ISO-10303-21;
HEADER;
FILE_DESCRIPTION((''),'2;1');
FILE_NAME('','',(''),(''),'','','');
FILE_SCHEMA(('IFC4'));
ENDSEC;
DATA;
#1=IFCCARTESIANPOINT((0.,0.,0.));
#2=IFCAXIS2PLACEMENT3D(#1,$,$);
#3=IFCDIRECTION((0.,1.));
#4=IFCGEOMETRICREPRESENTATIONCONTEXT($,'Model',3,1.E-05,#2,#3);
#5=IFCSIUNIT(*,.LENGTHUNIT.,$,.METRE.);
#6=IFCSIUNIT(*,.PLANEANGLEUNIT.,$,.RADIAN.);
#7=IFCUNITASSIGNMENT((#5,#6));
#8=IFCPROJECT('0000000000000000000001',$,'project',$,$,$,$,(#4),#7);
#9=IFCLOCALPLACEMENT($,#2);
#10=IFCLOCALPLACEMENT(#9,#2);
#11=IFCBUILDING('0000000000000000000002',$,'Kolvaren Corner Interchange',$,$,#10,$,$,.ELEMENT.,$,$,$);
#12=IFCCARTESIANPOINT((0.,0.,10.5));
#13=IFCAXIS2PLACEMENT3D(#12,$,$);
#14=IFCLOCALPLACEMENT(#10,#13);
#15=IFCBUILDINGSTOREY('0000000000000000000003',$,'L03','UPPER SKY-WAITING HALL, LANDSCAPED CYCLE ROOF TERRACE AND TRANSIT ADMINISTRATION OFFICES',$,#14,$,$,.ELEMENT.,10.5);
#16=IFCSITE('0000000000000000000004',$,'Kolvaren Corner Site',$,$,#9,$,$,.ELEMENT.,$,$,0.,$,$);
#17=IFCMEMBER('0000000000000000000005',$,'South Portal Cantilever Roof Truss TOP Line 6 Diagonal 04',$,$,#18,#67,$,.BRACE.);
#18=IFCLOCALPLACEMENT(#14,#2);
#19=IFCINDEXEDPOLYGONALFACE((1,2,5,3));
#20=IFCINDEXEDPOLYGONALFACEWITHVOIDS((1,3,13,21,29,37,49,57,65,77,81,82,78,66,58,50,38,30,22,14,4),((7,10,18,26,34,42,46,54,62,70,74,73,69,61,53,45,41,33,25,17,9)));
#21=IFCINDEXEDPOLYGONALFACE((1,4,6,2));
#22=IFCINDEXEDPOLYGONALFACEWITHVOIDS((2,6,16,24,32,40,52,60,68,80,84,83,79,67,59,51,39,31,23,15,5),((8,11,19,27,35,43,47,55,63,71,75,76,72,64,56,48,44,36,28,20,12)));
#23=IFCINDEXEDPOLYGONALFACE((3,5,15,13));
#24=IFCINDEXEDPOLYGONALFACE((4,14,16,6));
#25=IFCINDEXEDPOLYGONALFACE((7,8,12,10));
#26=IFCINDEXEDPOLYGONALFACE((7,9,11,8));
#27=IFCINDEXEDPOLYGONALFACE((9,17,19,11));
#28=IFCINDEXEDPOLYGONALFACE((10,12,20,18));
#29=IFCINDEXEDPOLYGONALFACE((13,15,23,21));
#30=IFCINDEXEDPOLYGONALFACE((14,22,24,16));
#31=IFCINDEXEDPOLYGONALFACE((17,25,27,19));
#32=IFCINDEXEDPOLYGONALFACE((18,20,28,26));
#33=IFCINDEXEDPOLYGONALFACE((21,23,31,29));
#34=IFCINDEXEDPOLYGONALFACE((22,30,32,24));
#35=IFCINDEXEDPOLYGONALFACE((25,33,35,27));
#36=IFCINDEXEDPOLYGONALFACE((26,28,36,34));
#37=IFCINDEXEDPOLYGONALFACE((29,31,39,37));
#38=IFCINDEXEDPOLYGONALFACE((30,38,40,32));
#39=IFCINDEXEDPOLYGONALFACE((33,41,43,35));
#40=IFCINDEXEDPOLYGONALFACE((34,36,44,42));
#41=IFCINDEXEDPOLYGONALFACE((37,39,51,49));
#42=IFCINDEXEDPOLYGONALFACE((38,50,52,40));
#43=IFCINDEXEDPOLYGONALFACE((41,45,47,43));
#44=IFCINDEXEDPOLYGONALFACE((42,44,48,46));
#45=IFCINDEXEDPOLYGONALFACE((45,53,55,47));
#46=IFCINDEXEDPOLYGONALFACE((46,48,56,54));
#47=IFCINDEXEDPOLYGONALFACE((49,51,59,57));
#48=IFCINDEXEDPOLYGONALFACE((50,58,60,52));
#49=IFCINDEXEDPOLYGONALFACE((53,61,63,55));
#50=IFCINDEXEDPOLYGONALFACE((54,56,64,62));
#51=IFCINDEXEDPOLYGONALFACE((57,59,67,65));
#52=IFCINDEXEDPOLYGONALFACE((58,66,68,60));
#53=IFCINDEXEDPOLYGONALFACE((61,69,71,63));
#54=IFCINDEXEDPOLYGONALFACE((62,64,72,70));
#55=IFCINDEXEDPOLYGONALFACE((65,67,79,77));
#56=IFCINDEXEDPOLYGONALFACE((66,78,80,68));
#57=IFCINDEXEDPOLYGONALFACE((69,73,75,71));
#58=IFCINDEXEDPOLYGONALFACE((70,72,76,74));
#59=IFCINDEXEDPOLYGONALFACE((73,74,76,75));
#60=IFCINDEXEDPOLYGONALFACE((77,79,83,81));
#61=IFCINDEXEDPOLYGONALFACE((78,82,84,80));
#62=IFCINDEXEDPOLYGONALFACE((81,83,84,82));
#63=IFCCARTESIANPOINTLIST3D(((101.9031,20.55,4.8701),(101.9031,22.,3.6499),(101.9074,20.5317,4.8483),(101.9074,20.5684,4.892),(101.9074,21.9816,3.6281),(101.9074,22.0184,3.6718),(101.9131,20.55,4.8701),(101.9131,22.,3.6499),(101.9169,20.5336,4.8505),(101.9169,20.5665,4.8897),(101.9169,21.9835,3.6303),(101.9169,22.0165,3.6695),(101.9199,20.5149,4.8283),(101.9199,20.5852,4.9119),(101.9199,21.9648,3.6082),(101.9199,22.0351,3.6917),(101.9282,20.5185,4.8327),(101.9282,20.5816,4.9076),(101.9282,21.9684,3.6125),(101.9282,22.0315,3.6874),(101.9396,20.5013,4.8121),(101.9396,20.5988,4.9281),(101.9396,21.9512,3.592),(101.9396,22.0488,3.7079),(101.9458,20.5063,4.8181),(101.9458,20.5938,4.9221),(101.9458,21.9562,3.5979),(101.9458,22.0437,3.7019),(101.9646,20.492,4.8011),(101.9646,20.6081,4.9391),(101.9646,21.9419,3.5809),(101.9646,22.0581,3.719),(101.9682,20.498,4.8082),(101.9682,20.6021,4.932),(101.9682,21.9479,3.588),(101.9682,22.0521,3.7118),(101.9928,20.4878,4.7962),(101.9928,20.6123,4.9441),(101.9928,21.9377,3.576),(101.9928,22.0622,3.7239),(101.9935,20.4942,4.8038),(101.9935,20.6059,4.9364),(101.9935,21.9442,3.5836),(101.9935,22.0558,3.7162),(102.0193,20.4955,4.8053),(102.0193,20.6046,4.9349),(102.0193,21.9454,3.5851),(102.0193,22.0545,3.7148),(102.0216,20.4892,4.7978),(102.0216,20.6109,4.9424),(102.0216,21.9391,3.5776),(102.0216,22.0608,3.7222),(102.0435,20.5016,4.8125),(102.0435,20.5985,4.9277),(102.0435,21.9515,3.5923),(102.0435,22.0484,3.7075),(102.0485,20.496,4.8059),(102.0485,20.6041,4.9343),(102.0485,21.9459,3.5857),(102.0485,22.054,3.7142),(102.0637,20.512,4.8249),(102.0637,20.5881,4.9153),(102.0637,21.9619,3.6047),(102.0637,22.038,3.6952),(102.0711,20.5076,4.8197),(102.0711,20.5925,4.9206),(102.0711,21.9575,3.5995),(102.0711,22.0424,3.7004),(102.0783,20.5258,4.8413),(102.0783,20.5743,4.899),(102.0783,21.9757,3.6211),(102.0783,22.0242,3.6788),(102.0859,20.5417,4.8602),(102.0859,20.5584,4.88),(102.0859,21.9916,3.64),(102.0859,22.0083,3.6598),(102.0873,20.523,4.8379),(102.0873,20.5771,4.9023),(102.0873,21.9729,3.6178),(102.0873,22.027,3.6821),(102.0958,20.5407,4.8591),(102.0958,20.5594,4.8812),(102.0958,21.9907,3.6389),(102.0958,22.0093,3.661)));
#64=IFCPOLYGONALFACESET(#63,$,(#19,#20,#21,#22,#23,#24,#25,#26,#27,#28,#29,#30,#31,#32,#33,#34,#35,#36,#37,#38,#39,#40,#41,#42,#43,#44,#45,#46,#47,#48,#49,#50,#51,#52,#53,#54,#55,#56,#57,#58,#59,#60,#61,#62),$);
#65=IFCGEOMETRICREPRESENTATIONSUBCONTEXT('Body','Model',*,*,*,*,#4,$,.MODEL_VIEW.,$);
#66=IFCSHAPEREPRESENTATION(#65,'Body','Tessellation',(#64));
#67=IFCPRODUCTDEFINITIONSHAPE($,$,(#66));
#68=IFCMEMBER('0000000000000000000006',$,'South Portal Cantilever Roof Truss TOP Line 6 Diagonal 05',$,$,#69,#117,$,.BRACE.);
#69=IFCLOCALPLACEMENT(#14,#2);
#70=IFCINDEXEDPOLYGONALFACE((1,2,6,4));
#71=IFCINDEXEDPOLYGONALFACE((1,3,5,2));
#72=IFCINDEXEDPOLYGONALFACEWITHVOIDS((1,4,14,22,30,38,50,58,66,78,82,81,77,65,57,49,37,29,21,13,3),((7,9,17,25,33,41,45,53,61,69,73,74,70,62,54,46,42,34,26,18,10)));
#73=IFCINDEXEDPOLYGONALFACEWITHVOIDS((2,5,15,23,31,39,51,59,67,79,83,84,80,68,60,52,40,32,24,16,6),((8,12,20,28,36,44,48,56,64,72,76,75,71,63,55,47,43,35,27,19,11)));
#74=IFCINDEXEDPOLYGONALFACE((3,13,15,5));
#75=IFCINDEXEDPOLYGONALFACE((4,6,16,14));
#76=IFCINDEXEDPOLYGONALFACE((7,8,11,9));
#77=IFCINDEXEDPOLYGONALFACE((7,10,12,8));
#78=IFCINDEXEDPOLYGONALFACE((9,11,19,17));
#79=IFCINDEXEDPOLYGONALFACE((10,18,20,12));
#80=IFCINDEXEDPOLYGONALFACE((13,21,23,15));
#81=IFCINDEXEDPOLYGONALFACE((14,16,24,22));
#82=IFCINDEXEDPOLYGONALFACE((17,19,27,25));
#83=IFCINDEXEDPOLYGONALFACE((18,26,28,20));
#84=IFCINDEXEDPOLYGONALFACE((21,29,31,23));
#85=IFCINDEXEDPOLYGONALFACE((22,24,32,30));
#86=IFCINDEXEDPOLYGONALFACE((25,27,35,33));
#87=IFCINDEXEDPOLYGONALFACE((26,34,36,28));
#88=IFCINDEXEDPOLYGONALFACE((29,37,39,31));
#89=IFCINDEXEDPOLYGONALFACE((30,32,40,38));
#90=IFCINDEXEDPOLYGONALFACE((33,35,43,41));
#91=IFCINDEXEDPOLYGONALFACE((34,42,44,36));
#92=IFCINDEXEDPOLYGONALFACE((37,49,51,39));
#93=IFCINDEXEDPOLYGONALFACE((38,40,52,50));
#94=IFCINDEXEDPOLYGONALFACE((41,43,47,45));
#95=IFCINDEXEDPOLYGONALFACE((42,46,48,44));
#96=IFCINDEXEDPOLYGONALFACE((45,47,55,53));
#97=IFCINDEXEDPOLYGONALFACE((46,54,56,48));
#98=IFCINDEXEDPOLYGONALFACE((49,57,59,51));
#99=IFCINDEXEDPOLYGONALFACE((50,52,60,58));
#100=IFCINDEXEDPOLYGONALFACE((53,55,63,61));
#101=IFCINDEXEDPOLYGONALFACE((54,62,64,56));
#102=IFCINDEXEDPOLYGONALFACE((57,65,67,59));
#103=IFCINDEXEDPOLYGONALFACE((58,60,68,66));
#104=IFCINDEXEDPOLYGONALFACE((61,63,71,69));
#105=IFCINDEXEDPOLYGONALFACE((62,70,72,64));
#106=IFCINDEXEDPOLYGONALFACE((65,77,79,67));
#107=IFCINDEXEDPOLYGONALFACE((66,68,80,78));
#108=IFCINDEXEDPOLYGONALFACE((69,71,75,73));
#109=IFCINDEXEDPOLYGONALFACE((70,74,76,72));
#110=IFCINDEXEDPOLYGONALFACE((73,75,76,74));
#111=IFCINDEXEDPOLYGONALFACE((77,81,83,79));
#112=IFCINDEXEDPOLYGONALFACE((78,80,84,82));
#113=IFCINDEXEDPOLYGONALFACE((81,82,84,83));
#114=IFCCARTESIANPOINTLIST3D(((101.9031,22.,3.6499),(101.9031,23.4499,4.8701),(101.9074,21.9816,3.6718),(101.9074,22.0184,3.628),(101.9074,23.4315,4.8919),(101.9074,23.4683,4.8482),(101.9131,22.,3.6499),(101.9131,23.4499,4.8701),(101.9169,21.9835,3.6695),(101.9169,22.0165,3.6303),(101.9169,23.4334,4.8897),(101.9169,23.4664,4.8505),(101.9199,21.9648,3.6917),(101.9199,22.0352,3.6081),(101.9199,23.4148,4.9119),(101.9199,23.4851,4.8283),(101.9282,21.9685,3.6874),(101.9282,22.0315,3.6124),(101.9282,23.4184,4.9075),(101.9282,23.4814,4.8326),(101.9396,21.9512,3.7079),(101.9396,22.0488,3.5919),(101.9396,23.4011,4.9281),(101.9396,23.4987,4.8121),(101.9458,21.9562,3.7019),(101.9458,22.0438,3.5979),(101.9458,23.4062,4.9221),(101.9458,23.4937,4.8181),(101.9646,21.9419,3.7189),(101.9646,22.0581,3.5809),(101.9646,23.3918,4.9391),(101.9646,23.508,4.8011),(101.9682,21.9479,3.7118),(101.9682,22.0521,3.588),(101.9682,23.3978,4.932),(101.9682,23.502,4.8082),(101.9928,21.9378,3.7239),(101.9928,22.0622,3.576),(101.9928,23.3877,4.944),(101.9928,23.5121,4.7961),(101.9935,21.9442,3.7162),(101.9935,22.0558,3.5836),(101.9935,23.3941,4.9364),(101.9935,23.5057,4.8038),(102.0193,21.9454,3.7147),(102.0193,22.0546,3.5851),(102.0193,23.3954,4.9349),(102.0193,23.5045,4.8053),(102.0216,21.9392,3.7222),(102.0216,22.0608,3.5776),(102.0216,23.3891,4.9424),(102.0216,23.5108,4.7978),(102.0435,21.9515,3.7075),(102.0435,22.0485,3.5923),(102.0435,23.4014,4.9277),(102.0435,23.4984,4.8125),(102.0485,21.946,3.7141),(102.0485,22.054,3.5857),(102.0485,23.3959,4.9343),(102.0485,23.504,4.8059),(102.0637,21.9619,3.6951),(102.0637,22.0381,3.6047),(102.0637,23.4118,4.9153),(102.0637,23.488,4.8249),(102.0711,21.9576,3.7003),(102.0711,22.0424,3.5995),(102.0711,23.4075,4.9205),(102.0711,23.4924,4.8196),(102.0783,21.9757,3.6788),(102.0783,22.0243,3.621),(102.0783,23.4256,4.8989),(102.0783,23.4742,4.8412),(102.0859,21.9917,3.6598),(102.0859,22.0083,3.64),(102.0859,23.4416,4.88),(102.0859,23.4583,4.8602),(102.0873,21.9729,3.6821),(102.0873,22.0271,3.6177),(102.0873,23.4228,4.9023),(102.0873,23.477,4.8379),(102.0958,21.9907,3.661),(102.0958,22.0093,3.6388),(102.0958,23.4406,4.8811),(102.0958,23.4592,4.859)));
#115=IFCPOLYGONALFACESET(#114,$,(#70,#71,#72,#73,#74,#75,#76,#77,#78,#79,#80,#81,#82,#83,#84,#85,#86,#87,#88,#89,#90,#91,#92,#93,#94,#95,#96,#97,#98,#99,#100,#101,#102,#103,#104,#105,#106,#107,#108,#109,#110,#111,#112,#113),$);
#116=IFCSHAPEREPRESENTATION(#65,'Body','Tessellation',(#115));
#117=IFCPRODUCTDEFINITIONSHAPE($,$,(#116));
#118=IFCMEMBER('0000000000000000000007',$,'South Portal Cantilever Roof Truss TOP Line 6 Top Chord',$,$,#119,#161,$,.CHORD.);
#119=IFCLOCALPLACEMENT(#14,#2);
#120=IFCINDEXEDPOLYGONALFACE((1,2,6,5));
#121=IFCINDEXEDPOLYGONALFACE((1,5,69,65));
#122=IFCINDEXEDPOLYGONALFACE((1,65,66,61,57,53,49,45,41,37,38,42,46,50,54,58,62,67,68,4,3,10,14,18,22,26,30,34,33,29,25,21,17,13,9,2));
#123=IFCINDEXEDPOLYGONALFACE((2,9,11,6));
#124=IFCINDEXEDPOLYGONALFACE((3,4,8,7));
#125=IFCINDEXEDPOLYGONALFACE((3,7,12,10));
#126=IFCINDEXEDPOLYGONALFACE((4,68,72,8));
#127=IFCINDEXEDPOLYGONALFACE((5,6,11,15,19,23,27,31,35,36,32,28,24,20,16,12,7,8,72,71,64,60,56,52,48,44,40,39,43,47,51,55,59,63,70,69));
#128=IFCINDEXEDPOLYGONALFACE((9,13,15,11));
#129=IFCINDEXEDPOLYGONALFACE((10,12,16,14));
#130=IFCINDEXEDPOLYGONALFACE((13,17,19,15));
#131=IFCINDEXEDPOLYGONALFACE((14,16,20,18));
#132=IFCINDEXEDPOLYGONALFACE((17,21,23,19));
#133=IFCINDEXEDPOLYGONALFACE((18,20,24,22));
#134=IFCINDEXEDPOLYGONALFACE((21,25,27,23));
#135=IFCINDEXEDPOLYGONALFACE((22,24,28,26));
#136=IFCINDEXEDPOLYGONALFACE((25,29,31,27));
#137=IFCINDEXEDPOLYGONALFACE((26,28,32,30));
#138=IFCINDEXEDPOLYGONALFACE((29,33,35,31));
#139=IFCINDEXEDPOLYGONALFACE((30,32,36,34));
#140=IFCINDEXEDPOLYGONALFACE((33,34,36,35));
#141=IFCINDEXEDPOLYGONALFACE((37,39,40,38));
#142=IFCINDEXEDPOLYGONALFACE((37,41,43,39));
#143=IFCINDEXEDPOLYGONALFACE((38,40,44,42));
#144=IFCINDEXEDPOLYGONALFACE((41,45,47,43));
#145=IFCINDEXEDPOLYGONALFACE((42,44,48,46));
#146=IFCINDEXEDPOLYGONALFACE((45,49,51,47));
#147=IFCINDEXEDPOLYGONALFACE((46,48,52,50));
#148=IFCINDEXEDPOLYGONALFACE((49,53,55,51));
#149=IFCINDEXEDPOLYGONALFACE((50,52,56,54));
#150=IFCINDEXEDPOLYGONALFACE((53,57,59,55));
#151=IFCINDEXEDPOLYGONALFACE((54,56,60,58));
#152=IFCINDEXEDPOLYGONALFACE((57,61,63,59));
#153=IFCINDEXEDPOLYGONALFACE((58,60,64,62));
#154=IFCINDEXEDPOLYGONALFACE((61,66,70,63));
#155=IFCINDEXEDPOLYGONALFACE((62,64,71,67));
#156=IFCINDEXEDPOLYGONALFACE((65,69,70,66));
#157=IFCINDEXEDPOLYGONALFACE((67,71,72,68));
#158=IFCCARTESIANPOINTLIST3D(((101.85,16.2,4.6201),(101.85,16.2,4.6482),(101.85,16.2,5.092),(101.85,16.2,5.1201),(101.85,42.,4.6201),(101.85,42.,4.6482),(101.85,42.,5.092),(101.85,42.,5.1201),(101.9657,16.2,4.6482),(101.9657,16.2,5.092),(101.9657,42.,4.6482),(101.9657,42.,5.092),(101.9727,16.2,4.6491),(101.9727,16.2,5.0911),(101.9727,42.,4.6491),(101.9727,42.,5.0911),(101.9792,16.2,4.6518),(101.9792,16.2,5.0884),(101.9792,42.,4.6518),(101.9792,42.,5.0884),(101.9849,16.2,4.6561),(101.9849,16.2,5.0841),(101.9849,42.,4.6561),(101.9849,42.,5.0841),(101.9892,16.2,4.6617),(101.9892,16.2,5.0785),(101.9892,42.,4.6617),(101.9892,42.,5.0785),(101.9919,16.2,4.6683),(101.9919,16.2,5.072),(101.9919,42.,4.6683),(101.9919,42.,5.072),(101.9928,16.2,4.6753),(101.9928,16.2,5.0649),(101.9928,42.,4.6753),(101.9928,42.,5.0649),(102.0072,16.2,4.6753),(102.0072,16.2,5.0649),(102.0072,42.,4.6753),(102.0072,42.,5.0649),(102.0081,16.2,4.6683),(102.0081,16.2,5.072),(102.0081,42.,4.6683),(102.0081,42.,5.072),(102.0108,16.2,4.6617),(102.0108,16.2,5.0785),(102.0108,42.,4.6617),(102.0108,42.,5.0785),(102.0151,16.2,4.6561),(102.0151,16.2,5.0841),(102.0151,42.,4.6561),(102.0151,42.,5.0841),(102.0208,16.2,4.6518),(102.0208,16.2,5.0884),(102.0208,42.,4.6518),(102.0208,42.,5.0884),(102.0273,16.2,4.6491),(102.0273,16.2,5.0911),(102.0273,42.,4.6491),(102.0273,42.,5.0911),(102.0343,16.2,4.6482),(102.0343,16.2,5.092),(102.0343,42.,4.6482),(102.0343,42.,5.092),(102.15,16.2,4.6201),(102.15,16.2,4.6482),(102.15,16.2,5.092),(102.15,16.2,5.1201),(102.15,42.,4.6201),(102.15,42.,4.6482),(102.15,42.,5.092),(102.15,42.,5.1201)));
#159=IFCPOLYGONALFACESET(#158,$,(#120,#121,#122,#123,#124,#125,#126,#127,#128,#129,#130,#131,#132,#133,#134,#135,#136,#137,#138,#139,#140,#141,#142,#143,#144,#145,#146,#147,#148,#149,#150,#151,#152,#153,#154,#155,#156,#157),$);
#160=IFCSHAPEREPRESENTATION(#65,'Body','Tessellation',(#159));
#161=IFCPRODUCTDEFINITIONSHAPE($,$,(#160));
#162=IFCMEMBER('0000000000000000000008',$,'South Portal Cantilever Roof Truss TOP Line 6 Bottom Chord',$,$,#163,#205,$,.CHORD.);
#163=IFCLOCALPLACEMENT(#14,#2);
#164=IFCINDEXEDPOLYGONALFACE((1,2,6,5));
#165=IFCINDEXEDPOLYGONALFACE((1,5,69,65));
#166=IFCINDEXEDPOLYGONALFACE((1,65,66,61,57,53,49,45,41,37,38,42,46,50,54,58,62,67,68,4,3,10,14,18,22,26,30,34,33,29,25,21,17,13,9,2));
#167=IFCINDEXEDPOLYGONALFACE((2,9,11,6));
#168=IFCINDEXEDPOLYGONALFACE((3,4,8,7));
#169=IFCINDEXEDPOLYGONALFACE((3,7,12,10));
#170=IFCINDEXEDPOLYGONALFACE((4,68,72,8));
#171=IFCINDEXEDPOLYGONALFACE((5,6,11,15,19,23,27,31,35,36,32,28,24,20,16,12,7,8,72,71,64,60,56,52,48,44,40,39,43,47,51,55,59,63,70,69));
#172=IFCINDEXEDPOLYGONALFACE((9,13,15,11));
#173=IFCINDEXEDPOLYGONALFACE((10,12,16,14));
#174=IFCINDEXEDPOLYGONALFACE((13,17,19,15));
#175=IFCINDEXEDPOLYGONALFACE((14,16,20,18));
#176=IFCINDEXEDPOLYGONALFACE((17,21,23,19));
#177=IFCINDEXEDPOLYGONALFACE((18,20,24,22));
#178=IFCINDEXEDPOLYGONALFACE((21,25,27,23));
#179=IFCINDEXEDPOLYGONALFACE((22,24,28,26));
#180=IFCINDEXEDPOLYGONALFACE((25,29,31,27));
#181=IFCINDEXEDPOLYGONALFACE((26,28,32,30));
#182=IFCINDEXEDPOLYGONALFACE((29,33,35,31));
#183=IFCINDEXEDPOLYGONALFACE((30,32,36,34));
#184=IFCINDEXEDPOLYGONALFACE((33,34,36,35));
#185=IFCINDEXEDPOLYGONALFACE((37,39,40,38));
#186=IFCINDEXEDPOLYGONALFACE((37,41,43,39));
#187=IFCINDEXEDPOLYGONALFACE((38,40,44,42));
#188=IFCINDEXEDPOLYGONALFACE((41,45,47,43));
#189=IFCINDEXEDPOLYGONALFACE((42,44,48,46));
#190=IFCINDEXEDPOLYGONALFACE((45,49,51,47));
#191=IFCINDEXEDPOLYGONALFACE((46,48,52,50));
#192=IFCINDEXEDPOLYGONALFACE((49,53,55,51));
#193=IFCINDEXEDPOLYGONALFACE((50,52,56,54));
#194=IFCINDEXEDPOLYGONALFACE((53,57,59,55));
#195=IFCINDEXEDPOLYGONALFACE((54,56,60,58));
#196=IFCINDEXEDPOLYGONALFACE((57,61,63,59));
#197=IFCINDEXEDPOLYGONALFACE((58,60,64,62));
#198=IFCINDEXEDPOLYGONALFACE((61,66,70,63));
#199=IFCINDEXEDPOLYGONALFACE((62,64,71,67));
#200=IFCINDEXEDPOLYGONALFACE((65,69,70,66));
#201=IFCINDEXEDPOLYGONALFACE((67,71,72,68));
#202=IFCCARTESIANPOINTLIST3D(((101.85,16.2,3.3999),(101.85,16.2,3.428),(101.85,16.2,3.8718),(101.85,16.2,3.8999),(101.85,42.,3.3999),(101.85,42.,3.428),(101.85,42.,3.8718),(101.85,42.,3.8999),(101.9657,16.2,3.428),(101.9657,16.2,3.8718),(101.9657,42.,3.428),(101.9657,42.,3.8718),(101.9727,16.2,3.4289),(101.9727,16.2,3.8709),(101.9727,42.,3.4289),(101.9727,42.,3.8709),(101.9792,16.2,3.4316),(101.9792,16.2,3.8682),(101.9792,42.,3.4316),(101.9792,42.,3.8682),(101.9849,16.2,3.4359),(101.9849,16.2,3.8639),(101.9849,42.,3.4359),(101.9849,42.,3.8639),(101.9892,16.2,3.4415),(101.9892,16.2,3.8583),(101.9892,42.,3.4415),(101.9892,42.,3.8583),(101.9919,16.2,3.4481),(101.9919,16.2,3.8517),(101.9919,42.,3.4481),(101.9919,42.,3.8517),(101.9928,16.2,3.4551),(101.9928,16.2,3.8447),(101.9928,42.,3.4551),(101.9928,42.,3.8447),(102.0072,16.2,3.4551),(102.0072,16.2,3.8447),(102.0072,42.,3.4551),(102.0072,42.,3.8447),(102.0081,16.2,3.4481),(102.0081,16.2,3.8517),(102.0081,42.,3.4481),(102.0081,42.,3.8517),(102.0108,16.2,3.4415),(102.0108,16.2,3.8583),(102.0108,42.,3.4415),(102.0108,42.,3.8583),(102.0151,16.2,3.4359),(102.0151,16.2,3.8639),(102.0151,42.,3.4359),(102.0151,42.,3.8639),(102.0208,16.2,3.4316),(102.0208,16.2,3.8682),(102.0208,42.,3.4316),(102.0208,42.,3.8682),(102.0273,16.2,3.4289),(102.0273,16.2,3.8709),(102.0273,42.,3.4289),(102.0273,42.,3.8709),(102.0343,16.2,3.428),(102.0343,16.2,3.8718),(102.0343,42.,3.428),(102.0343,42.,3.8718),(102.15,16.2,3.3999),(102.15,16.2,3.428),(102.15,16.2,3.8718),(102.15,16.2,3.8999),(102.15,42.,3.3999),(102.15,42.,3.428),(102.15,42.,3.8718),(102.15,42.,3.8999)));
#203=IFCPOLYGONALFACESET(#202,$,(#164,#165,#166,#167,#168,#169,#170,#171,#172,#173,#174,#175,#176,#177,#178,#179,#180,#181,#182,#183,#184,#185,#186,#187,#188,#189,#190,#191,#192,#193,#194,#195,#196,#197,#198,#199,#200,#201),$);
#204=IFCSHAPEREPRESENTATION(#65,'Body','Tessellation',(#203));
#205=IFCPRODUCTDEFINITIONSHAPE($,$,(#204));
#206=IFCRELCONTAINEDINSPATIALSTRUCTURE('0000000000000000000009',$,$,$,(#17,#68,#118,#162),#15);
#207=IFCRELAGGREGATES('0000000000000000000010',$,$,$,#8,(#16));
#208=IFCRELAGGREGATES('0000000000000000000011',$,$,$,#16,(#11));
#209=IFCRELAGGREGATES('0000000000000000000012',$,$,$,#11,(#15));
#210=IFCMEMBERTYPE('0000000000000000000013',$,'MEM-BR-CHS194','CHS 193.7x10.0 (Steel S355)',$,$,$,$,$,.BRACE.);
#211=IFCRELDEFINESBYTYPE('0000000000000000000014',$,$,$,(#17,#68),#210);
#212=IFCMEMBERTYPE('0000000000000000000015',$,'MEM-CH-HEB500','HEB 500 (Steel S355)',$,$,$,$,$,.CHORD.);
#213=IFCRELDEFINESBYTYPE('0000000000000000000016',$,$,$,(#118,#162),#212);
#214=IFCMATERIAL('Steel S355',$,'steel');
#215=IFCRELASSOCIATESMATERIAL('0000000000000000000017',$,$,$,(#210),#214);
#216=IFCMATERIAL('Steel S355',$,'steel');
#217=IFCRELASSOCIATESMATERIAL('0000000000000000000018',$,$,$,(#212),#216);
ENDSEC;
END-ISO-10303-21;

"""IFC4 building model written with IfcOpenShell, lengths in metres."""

from ifc_helpers import new_model, si_unit, direction, frame, origin, origin_2d, place, context, subcontext, project, spatial, hollow_circle, i_section, extrude, material, material_profile, profile_set, type_object, element, save


model = new_model("IFC4")

# Units and contexts
model_context = context("Model", 3, precision=1e-05, world=origin(), true_north=direction((0.0, 1.0)))
body_context = subcontext(model_context, "Body", "Model", "MODEL_VIEW")
ifc_project = project(units=[si_unit("LENGTHUNIT", "METRE"), si_unit("PLANEANGLEUNIT", "RADIAN")], contexts=[model_context])

# Site, building, storey
site_placement = place(None, origin())
site = spatial("IfcSite", under=ifc_project, at=site_placement, Name="Kolvaren Corner Site", CompositionType="ELEMENT", RefElevation=0.0)
building_placement = place(site_placement, origin())
building = spatial("IfcBuilding", under=site, at=building_placement, Name="Kolvaren Corner Interchange", CompositionType="ELEMENT")
storey_placement = place(building_placement, frame((0.0, 0.0, 10.5)))
storey = spatial("IfcBuildingStorey", under=building, at=storey_placement, Name="L03", Description="UPPER SKY-WAITING HALL, LANDSCAPED CYCLE ROOF TERRACE AND TRANSIT ADMINISTRATION OFFICES", CompositionType="ELEMENT", Elevation=10.5)

# Members
ifc_material_1 = material(Name="Steel S355", Category="steel")
ifc_material_profile_1 = material_profile(ifc_material_1, hollow_circle(Radius=0.0969, WallThickness=0.01, at=origin_2d()), Name="CHS 193.7x10.0")
ifc_profile_set_1 = profile_set([ifc_material_profile_1], Name="Steel S355")
member_type_1 = type_object("IfcMemberType", Name="MEM-BR-CHS194", Description="CHS 193.7x10.0 (Steel S355)", PredefinedType="BRACE", material=ifc_profile_set_1)
for number, where, z_axis, x_axis, name in (
    (1, (102.0, 20.55, 4.8701), (0.0, 0.765118, -0.64389), (-1.0, 0.0, 0.0), "South Portal Cantilever Roof Truss TOP Line 6 Diagonal 04"),
    (2, (102.0, 22.0, 3.6499), (0.0, 0.765118, 0.64389), (-1.0, 0.0, 0.0), "South Portal Cantilever Roof Truss TOP Line 6 Diagonal 05"),
):
    element("IfcMember", number, at=place(storey_placement, frame(where, z_axis=z_axis, x_axis=x_axis)), inside=storey, type_object=member_type_1, Name=name, PredefinedType="BRACE", context=body_context, shape_type="SweptSolid", body=[
        extrude(hollow_circle(Radius=0.0969, WallThickness=0.01, at=origin_2d()), origin(), (0.0, 0.0, 1.0), 1.895),
    ])
ifc_material_2 = material(Name="Steel S355", Category="steel")
ifc_material_profile_2 = material_profile(ifc_material_2, i_section(OverallWidth=0.3, OverallDepth=0.5, WebThickness=0.0144, FlangeThickness=0.0281, FilletRadius=0.0271, at=origin_2d()), Name="HEB 500")
ifc_profile_set_2 = profile_set([ifc_material_profile_2], Name="Steel S355")
member_type_2 = type_object("IfcMemberType", Name="MEM-CH-HEB500", Description="HEB 500 (Steel S355)", PredefinedType="CHORD", material=ifc_profile_set_2)
for number, where, z_axis, x_axis, name in (
    (3, (102.0, 16.2, 4.8701), (0.0, 1.0, 0.0), (-1.0, 0.0, 0.0), "South Portal Cantilever Roof Truss TOP Line 6 Top Chord"),
    (4, (102.0, 16.2, 3.6499), (0.0, 1.0, 0.0), (-1.0, 0.0, 0.0), "South Portal Cantilever Roof Truss TOP Line 6 Bottom Chord"),
):
    element("IfcMember", number, at=place(storey_placement, frame(where, z_axis=z_axis, x_axis=x_axis)), inside=storey, type_object=member_type_2, Name=name, PredefinedType="CHORD", context=body_context, shape_type="SweptSolid", body=[
        extrude(i_section(OverallWidth=0.3, OverallDepth=0.5, WebThickness=0.0144, FlangeThickness=0.0281, FilletRadius=0.0271, at=origin_2d()), origin(), (0.0, 0.0, 1.0), 25.8),
    ])

save(model, "model.ifc")
